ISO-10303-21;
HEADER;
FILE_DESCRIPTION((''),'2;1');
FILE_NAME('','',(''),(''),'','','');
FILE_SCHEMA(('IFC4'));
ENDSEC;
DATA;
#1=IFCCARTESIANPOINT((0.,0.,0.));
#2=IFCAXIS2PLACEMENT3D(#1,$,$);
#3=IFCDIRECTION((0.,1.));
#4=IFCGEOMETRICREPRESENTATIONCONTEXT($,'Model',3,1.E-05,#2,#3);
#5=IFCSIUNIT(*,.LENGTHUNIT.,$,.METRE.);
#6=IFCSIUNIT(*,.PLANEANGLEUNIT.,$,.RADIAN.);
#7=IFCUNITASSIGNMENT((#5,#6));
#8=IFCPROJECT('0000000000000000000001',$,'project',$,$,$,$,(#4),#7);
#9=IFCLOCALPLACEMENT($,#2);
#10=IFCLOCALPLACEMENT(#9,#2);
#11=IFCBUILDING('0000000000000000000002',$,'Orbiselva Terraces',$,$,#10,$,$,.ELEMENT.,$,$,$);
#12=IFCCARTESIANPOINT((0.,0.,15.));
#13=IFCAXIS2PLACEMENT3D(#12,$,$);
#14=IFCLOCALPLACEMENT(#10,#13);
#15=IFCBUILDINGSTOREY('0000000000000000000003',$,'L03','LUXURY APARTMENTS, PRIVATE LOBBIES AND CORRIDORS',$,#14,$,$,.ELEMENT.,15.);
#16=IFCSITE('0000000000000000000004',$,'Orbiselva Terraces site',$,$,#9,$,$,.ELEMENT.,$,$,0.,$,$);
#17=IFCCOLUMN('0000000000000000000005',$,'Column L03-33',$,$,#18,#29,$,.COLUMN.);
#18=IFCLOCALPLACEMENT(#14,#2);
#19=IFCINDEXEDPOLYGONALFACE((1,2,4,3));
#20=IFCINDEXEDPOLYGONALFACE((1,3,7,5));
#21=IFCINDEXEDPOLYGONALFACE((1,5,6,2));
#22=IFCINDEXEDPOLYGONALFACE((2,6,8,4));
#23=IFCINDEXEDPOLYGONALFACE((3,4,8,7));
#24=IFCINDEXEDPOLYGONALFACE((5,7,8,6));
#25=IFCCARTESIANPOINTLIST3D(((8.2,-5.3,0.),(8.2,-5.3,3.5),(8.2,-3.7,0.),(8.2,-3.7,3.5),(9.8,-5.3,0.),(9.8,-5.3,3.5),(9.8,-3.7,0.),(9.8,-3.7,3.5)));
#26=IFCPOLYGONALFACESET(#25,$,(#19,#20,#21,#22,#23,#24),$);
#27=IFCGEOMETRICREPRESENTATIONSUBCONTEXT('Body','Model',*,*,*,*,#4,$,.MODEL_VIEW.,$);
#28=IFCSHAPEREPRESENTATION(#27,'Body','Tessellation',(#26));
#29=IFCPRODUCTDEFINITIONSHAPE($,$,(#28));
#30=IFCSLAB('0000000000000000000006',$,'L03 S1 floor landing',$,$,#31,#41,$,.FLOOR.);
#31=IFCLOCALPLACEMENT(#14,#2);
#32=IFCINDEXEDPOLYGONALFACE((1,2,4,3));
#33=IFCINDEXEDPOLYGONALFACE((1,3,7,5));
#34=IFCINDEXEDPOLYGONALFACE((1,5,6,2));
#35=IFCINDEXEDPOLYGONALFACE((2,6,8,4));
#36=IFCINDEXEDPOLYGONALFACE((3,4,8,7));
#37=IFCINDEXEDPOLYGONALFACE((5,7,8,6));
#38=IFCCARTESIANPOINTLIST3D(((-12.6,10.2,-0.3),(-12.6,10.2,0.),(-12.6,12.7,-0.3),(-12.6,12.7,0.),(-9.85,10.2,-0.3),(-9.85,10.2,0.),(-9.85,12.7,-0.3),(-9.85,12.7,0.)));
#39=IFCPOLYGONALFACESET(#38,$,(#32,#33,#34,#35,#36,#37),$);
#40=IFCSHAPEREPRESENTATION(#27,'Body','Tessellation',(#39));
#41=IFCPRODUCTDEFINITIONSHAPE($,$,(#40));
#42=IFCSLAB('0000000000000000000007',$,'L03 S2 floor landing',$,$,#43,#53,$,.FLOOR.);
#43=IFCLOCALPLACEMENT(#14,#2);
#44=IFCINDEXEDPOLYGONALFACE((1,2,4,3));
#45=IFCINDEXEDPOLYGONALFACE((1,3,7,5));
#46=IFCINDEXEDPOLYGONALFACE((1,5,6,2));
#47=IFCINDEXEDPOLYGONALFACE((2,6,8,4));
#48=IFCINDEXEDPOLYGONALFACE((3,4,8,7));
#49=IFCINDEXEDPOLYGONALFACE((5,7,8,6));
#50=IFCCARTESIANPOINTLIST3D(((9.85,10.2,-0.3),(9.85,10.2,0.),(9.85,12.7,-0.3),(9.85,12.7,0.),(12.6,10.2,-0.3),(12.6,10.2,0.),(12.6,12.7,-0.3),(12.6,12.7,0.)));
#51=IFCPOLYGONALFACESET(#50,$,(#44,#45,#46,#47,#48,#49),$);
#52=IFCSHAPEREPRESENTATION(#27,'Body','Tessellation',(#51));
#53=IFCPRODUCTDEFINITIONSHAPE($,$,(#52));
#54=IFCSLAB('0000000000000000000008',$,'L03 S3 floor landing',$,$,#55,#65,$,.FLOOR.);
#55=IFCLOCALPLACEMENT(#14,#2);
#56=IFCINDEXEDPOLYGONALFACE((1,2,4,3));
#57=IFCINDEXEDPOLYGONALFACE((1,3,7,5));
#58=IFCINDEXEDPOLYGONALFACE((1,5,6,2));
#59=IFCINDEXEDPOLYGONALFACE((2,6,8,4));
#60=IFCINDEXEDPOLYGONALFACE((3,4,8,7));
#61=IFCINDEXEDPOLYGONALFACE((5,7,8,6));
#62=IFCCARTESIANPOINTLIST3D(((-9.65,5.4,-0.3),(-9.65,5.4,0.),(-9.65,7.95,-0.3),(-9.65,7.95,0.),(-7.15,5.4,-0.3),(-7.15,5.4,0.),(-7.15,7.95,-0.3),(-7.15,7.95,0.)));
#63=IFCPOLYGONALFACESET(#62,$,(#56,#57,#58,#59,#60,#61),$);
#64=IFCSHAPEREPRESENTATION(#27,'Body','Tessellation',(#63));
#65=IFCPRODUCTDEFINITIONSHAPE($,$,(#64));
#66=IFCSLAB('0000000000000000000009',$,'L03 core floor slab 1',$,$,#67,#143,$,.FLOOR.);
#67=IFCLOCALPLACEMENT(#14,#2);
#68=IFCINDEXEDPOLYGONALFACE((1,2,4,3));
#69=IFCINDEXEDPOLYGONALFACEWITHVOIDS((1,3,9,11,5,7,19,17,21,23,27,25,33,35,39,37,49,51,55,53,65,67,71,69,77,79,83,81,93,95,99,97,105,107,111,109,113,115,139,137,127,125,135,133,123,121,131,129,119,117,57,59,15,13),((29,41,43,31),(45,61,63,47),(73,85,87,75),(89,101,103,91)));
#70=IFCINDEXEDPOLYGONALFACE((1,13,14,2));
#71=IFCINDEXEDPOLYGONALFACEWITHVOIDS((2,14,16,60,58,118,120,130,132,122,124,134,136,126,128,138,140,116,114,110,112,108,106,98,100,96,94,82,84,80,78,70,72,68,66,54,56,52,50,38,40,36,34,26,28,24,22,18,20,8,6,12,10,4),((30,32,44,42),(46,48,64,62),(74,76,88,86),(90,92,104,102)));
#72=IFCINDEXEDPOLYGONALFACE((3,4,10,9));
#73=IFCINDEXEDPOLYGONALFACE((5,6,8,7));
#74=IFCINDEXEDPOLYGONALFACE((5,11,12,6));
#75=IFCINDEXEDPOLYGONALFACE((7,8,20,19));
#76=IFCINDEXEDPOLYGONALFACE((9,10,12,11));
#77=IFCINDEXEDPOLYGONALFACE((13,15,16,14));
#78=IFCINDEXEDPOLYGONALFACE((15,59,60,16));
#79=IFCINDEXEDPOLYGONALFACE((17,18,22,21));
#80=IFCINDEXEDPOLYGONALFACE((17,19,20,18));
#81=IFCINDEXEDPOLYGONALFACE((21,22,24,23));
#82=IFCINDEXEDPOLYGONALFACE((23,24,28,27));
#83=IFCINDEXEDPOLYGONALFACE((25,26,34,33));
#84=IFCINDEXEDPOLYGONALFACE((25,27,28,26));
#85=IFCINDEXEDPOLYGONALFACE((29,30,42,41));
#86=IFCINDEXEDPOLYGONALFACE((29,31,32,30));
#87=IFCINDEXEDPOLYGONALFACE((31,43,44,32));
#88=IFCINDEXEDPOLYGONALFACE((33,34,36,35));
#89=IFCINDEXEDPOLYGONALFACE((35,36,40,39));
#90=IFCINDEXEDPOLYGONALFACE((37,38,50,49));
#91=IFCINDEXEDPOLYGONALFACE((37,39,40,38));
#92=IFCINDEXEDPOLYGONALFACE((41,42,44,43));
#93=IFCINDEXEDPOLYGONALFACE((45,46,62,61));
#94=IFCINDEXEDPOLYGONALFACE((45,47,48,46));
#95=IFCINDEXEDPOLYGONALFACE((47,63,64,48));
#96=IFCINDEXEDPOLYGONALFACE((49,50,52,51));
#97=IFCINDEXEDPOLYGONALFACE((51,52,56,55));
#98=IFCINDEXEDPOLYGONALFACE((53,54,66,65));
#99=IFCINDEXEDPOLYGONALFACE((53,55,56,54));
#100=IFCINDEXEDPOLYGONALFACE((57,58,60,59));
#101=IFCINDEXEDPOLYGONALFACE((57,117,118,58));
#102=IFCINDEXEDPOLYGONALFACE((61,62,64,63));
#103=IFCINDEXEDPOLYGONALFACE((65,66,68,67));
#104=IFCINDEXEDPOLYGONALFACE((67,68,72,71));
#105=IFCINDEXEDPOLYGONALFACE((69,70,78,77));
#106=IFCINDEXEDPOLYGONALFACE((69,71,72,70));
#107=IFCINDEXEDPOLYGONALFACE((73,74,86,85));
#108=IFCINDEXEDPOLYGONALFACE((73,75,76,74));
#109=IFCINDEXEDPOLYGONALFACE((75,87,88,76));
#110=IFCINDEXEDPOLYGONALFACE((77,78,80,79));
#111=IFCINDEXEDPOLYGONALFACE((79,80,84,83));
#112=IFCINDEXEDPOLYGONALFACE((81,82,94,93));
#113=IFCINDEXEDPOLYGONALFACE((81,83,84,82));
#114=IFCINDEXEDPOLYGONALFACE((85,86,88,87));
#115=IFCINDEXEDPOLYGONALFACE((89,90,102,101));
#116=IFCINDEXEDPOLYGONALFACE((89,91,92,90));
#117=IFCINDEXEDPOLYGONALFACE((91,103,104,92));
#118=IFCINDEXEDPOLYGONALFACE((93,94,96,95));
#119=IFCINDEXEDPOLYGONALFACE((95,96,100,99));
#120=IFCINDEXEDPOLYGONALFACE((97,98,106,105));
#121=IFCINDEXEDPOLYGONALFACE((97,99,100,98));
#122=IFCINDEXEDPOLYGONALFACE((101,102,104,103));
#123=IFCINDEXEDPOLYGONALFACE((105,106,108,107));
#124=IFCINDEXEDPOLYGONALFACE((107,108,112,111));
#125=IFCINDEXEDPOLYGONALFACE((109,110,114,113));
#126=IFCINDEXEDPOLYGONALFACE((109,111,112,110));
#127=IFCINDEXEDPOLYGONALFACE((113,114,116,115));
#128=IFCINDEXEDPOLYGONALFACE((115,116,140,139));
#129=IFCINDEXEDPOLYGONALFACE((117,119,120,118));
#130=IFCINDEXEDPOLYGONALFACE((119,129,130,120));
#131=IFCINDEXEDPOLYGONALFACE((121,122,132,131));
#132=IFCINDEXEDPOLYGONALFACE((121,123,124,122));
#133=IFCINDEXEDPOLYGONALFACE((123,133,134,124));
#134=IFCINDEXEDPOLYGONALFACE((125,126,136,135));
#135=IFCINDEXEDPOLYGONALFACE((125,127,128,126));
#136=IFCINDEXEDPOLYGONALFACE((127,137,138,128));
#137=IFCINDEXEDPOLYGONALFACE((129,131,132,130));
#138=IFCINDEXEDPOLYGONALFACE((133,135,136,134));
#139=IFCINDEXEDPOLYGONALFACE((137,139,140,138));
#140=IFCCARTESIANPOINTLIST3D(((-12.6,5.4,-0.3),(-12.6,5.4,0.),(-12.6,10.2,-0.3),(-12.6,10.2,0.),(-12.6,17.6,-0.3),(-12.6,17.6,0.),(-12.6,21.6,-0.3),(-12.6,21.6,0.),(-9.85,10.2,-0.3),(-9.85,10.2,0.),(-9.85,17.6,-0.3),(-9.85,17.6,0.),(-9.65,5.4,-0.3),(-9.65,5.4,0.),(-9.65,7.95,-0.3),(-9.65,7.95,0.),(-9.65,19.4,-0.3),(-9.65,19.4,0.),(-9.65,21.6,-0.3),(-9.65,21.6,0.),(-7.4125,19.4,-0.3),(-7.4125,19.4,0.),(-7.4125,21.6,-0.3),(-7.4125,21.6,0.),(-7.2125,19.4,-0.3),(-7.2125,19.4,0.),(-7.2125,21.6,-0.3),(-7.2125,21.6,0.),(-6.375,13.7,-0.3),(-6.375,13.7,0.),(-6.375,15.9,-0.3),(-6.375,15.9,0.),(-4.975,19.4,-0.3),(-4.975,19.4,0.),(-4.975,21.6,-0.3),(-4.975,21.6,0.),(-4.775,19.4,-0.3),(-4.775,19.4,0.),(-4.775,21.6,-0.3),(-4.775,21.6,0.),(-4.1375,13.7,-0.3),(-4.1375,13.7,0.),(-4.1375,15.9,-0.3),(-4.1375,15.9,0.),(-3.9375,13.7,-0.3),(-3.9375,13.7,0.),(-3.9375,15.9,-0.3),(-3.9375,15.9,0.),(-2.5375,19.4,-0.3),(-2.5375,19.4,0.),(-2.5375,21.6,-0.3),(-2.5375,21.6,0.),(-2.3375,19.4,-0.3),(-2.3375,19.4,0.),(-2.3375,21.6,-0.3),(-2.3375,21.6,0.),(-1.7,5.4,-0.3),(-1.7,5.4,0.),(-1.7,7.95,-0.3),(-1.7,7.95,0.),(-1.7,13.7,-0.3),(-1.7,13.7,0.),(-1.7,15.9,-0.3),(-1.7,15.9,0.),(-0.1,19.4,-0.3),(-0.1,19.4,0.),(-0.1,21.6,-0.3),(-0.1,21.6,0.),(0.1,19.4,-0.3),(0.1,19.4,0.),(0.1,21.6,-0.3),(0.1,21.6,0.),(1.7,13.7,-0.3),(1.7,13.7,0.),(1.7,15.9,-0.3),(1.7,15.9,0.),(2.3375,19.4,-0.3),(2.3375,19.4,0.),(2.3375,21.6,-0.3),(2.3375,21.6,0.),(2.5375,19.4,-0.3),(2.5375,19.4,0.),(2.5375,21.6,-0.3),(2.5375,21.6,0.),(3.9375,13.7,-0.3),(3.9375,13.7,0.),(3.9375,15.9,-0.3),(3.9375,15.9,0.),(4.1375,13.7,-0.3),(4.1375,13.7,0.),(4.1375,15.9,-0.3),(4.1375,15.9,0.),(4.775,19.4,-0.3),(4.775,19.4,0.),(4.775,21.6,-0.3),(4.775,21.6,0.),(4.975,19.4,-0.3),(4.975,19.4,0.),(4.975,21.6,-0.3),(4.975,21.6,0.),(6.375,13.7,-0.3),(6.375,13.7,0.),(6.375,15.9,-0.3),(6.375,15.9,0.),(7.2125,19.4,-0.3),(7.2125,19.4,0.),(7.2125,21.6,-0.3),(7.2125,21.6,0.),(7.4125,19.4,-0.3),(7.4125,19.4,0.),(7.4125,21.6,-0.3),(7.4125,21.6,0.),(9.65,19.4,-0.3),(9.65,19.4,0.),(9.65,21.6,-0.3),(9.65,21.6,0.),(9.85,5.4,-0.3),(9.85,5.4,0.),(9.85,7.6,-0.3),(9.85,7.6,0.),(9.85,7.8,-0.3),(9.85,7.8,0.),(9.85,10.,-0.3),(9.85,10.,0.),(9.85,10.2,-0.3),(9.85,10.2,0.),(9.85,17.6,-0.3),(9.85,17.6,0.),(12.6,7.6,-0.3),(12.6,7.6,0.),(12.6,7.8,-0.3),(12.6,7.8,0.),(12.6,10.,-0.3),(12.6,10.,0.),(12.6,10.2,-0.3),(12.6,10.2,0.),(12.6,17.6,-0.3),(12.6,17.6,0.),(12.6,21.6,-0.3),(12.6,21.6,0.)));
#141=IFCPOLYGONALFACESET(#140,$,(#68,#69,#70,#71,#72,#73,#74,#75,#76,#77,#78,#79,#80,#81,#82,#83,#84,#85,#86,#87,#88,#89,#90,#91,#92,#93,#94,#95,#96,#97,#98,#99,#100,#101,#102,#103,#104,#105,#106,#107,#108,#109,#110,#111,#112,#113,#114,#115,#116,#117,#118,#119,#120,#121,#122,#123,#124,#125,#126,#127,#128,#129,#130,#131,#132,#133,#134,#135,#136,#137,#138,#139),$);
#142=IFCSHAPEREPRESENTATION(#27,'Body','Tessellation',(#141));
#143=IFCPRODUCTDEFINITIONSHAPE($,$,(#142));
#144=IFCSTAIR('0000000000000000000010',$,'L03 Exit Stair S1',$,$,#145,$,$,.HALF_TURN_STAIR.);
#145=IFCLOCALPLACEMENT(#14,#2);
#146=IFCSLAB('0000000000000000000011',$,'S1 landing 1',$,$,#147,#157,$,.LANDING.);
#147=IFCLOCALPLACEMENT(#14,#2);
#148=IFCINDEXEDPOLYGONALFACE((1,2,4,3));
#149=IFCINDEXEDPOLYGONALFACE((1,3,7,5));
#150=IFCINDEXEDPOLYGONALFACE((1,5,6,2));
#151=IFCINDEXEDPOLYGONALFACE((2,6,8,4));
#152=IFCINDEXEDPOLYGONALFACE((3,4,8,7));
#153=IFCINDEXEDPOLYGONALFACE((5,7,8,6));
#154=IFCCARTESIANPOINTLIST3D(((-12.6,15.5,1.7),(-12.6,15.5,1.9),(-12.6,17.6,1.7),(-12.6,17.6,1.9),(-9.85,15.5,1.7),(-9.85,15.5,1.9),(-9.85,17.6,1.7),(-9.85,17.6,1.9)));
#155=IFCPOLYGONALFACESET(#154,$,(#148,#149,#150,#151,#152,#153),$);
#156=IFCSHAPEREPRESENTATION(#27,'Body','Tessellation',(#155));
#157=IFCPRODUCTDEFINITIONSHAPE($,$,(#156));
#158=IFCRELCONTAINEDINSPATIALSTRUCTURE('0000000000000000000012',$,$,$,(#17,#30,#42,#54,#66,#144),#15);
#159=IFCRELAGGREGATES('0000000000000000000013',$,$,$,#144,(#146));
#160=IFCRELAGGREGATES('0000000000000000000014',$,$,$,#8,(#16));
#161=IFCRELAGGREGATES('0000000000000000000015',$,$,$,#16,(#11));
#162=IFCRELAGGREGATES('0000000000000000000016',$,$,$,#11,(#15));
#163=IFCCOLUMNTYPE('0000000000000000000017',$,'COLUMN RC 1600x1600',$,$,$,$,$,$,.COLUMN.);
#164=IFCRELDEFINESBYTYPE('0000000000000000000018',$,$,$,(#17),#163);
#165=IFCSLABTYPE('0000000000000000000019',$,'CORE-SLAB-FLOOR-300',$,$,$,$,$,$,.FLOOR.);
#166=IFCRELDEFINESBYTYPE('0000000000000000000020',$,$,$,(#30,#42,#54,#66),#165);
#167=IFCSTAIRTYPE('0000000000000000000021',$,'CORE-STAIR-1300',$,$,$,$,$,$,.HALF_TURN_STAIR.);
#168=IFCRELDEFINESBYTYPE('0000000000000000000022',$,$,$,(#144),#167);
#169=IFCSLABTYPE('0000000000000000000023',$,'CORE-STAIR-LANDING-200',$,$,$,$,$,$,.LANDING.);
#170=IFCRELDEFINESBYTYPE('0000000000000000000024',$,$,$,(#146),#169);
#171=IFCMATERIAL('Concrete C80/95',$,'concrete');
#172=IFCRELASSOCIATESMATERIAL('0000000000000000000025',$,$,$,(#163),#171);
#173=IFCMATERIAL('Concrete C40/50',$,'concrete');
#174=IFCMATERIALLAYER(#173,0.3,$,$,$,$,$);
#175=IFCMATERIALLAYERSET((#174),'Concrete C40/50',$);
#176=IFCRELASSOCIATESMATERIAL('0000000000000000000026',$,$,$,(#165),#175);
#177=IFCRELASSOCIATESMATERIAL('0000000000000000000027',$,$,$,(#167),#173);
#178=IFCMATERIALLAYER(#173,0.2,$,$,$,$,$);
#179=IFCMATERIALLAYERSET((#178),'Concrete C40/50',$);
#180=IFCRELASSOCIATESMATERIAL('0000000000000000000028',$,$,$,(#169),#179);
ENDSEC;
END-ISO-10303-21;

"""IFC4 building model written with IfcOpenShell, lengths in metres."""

from ifc_helpers import new_model, si_unit, direction, frame, origin, origin_2d, place, context, subcontext, project, spatial, polyline, rectangle, outline, extrude, material, layer, layer_set, material_profile, profile_set, type_object, element, aggregate, save


model = new_model("IFC4")

# Units and contexts
model_context = context("Model", 3, precision=1e-05, world=origin(), true_north=direction((0.0, 1.0)))
body_context = subcontext(model_context, "Body", "Model", "MODEL_VIEW")
ifc_project = project(units=[si_unit("LENGTHUNIT", "METRE"), si_unit("PLANEANGLEUNIT", "RADIAN")], contexts=[model_context])

# Site, building, storey
site_placement = place(None, origin())
site = spatial("IfcSite", under=ifc_project, at=site_placement, Name="Orbiselva Terraces site", CompositionType="ELEMENT", RefElevation=0.0)
building_placement = place(site_placement, origin())
building = spatial("IfcBuilding", under=site, at=building_placement, Name="Orbiselva Terraces", CompositionType="ELEMENT")
storey_placement = place(building_placement, frame((0.0, 0.0, 15.0)))
storey = spatial("IfcBuildingStorey", under=building, at=storey_placement, Name="L03", Description="LUXURY APARTMENTS, PRIVATE LOBBIES AND CORRIDORS", CompositionType="ELEMENT", Elevation=15.0)

# Column
ifc_material_1 = material(Name="Concrete C80/95", Category="concrete")
ifc_material_profile = material_profile(ifc_material_1, rectangle(XDim=1.6, YDim=1.6, at=origin_2d()), Name="RC 1600x1600")
ifc_profile_set = profile_set([ifc_material_profile], Name="Concrete C80/95")
column_type = type_object("IfcColumnType", Name="COLUMN RC 1600x1600", PredefinedType="COLUMN", material=ifc_profile_set)
column_placement = place(storey_placement, frame((9.0, -4.5, 0.0), z_axis=(0.0, 0.0, 1.0), x_axis=(1.0, 0.0, 0.0)))
element("IfcColumn", 1, at=column_placement, inside=storey, type_object=column_type, Name="Column L03-33", PredefinedType="COLUMN", context=body_context, shape_type="SweptSolid", body=[
    extrude(rectangle(XDim=1.6, YDim=1.6, at=origin_2d()), origin(), (0.0, 0.0, 1.0), 3.5),
])

# Slabs
ifc_material_2 = material(Name="Concrete C40/50", Category="concrete")
ifc_layer_1 = layer(ifc_material_2, 0.3)
ifc_layer_set_1 = layer_set([ifc_layer_1], Name="Concrete C40/50")
slab_type_1 = type_object("IfcSlabType", Name="CORE-SLAB-FLOOR-300", PredefinedType="FLOOR", material=ifc_layer_set_1)
slab_1_placement = place(storey_placement, frame((0.0, 0.0, -0.3)))
element("IfcSlab", 2, at=slab_1_placement, inside=storey, type_object=slab_type_1, Name="L03 S1 floor landing", PredefinedType="FLOOR", context=body_context, shape_type="SweptSolid", body=[
    extrude(outline(polyline([(-12.6, 12.7), (-9.85, 12.7), (-9.85, 10.2), (-12.6, 10.2), (-12.6, 12.7)])), origin(), (0.0, 0.0, 1.0), 0.3),
])
slab_2_placement = place(storey_placement, frame((0.0, 0.0, -0.3)))
element("IfcSlab", 3, at=slab_2_placement, inside=storey, type_object=slab_type_1, Name="L03 S2 floor landing", PredefinedType="FLOOR", context=body_context, shape_type="SweptSolid", body=[
    extrude(outline(polyline([(12.6, 12.7), (12.6, 10.2), (9.85, 10.2), (9.85, 12.7), (12.6, 12.7)])), origin(), (0.0, 0.0, 1.0), 0.3),
])
slab_3_placement = place(storey_placement, frame((0.0, 0.0, -0.3)))
element("IfcSlab", 4, at=slab_3_placement, inside=storey, type_object=slab_type_1, Name="L03 S3 floor landing", PredefinedType="FLOOR", context=body_context, shape_type="SweptSolid", body=[
    extrude(outline(polyline([(-7.15, 5.4), (-9.65, 5.4), (-9.65, 7.95), (-7.15, 7.95), (-7.15, 5.4)])), origin(), (0.0, 0.0, 1.0), 0.3),
])
slab_4_placement = place(storey_placement, frame((0.0, 0.0, -0.3)))
element("IfcSlab", 5, at=slab_4_placement, inside=storey, type_object=slab_type_1, Name="L03 core floor slab 1", PredefinedType="FLOOR", context=body_context, shape_type="SweptSolid", body=[
    extrude(outline(polyline([(-1.7, 5.4), (-1.7, 7.95), (-9.65, 7.95), (-9.65, 5.4), (-12.6, 5.4), (-12.6, 10.2), (-9.85, 10.2), (-9.85, 17.6), (-12.6, 17.6), (-12.6, 21.6), (-9.65, 21.6), (-9.65, 19.4), (-7.4125, 19.4), (-7.4125, 21.6), (-7.2125, 21.6), (-7.2125, 19.4), (-4.975, 19.4), (-4.975, 21.6), (-4.775, 21.6), (-4.775, 19.4), (-2.5375, 19.4), (-2.5375, 21.6), (-2.3375, 21.6), (-2.3375, 19.4), (-0.1, 19.4), (-0.1, 21.6), (0.1, 21.6), (0.1, 19.4), (2.3375, 19.4), (2.3375, 21.6), (2.5375, 21.6), (2.5375, 19.4), (4.775, 19.4), (4.775, 21.6), (4.975, 21.6), (4.975, 19.4), (7.2125, 19.4), (7.2125, 21.6), (7.4125, 21.6), (7.4125, 19.4), (9.65, 19.4), (9.65, 21.6), (12.6, 21.6), (12.6, 17.6), (9.85, 17.6), (9.85, 10.2), (12.6, 10.2), (12.6, 10.0), (9.85, 10.0), (9.85, 7.8), (12.6, 7.8), (12.6, 7.6), (9.85, 7.6), (9.85, 5.4), (-1.7, 5.4)]), holes=[polyline([(-4.1375, 13.7), (-4.1375, 15.9), (-6.375, 15.9), (-6.375, 13.7), (-4.1375, 13.7)]), polyline([(-1.7, 13.7), (-1.7, 15.9), (-3.9375, 15.9), (-3.9375, 13.7), (-1.7, 13.7)]), polyline([(3.9375, 13.7), (3.9375, 15.9), (1.7, 15.9), (1.7, 13.7), (3.9375, 13.7)]), polyline([(6.375, 13.7), (6.375, 15.9), (4.1375, 15.9), (4.1375, 13.7), (6.375, 13.7)])]), origin(), (0.0, 0.0, 1.0), 0.3),
])

# Stair, slab
stair_type = type_object("IfcStairType", Name="CORE-STAIR-1300", PredefinedType="HALF_TURN_STAIR", material=ifc_material_2)
stair_placement = place(storey_placement, origin())
stair = element("IfcStair", 6, at=stair_placement, inside=storey, type_object=stair_type, Name="L03 Exit Stair S1", PredefinedType="HALF_TURN_STAIR")
ifc_layer_2 = layer(ifc_material_2, 0.2)
ifc_layer_set_2 = layer_set([ifc_layer_2], Name="Concrete C40/50")
slab_type_2 = type_object("IfcSlabType", Name="CORE-STAIR-LANDING-200", PredefinedType="LANDING", material=ifc_layer_set_2)
slab_5_placement = place(storey_placement, frame((0.0, 0.0, 1.7)))
slab_5 = element("IfcSlab", 7, at=slab_5_placement, type_object=slab_type_2, Name="S1 landing 1", PredefinedType="LANDING", context=body_context, shape_type="SweptSolid", body=[
    extrude(outline(polyline([(-9.85, 15.5), (-9.85, 17.6), (-12.6, 17.6), (-12.6, 15.5), (-9.85, 15.5)])), origin(), (0.0, 0.0, 1.0), 0.2),
])
aggregate(stair, [slab_5])

save(model, "model.ifc")
